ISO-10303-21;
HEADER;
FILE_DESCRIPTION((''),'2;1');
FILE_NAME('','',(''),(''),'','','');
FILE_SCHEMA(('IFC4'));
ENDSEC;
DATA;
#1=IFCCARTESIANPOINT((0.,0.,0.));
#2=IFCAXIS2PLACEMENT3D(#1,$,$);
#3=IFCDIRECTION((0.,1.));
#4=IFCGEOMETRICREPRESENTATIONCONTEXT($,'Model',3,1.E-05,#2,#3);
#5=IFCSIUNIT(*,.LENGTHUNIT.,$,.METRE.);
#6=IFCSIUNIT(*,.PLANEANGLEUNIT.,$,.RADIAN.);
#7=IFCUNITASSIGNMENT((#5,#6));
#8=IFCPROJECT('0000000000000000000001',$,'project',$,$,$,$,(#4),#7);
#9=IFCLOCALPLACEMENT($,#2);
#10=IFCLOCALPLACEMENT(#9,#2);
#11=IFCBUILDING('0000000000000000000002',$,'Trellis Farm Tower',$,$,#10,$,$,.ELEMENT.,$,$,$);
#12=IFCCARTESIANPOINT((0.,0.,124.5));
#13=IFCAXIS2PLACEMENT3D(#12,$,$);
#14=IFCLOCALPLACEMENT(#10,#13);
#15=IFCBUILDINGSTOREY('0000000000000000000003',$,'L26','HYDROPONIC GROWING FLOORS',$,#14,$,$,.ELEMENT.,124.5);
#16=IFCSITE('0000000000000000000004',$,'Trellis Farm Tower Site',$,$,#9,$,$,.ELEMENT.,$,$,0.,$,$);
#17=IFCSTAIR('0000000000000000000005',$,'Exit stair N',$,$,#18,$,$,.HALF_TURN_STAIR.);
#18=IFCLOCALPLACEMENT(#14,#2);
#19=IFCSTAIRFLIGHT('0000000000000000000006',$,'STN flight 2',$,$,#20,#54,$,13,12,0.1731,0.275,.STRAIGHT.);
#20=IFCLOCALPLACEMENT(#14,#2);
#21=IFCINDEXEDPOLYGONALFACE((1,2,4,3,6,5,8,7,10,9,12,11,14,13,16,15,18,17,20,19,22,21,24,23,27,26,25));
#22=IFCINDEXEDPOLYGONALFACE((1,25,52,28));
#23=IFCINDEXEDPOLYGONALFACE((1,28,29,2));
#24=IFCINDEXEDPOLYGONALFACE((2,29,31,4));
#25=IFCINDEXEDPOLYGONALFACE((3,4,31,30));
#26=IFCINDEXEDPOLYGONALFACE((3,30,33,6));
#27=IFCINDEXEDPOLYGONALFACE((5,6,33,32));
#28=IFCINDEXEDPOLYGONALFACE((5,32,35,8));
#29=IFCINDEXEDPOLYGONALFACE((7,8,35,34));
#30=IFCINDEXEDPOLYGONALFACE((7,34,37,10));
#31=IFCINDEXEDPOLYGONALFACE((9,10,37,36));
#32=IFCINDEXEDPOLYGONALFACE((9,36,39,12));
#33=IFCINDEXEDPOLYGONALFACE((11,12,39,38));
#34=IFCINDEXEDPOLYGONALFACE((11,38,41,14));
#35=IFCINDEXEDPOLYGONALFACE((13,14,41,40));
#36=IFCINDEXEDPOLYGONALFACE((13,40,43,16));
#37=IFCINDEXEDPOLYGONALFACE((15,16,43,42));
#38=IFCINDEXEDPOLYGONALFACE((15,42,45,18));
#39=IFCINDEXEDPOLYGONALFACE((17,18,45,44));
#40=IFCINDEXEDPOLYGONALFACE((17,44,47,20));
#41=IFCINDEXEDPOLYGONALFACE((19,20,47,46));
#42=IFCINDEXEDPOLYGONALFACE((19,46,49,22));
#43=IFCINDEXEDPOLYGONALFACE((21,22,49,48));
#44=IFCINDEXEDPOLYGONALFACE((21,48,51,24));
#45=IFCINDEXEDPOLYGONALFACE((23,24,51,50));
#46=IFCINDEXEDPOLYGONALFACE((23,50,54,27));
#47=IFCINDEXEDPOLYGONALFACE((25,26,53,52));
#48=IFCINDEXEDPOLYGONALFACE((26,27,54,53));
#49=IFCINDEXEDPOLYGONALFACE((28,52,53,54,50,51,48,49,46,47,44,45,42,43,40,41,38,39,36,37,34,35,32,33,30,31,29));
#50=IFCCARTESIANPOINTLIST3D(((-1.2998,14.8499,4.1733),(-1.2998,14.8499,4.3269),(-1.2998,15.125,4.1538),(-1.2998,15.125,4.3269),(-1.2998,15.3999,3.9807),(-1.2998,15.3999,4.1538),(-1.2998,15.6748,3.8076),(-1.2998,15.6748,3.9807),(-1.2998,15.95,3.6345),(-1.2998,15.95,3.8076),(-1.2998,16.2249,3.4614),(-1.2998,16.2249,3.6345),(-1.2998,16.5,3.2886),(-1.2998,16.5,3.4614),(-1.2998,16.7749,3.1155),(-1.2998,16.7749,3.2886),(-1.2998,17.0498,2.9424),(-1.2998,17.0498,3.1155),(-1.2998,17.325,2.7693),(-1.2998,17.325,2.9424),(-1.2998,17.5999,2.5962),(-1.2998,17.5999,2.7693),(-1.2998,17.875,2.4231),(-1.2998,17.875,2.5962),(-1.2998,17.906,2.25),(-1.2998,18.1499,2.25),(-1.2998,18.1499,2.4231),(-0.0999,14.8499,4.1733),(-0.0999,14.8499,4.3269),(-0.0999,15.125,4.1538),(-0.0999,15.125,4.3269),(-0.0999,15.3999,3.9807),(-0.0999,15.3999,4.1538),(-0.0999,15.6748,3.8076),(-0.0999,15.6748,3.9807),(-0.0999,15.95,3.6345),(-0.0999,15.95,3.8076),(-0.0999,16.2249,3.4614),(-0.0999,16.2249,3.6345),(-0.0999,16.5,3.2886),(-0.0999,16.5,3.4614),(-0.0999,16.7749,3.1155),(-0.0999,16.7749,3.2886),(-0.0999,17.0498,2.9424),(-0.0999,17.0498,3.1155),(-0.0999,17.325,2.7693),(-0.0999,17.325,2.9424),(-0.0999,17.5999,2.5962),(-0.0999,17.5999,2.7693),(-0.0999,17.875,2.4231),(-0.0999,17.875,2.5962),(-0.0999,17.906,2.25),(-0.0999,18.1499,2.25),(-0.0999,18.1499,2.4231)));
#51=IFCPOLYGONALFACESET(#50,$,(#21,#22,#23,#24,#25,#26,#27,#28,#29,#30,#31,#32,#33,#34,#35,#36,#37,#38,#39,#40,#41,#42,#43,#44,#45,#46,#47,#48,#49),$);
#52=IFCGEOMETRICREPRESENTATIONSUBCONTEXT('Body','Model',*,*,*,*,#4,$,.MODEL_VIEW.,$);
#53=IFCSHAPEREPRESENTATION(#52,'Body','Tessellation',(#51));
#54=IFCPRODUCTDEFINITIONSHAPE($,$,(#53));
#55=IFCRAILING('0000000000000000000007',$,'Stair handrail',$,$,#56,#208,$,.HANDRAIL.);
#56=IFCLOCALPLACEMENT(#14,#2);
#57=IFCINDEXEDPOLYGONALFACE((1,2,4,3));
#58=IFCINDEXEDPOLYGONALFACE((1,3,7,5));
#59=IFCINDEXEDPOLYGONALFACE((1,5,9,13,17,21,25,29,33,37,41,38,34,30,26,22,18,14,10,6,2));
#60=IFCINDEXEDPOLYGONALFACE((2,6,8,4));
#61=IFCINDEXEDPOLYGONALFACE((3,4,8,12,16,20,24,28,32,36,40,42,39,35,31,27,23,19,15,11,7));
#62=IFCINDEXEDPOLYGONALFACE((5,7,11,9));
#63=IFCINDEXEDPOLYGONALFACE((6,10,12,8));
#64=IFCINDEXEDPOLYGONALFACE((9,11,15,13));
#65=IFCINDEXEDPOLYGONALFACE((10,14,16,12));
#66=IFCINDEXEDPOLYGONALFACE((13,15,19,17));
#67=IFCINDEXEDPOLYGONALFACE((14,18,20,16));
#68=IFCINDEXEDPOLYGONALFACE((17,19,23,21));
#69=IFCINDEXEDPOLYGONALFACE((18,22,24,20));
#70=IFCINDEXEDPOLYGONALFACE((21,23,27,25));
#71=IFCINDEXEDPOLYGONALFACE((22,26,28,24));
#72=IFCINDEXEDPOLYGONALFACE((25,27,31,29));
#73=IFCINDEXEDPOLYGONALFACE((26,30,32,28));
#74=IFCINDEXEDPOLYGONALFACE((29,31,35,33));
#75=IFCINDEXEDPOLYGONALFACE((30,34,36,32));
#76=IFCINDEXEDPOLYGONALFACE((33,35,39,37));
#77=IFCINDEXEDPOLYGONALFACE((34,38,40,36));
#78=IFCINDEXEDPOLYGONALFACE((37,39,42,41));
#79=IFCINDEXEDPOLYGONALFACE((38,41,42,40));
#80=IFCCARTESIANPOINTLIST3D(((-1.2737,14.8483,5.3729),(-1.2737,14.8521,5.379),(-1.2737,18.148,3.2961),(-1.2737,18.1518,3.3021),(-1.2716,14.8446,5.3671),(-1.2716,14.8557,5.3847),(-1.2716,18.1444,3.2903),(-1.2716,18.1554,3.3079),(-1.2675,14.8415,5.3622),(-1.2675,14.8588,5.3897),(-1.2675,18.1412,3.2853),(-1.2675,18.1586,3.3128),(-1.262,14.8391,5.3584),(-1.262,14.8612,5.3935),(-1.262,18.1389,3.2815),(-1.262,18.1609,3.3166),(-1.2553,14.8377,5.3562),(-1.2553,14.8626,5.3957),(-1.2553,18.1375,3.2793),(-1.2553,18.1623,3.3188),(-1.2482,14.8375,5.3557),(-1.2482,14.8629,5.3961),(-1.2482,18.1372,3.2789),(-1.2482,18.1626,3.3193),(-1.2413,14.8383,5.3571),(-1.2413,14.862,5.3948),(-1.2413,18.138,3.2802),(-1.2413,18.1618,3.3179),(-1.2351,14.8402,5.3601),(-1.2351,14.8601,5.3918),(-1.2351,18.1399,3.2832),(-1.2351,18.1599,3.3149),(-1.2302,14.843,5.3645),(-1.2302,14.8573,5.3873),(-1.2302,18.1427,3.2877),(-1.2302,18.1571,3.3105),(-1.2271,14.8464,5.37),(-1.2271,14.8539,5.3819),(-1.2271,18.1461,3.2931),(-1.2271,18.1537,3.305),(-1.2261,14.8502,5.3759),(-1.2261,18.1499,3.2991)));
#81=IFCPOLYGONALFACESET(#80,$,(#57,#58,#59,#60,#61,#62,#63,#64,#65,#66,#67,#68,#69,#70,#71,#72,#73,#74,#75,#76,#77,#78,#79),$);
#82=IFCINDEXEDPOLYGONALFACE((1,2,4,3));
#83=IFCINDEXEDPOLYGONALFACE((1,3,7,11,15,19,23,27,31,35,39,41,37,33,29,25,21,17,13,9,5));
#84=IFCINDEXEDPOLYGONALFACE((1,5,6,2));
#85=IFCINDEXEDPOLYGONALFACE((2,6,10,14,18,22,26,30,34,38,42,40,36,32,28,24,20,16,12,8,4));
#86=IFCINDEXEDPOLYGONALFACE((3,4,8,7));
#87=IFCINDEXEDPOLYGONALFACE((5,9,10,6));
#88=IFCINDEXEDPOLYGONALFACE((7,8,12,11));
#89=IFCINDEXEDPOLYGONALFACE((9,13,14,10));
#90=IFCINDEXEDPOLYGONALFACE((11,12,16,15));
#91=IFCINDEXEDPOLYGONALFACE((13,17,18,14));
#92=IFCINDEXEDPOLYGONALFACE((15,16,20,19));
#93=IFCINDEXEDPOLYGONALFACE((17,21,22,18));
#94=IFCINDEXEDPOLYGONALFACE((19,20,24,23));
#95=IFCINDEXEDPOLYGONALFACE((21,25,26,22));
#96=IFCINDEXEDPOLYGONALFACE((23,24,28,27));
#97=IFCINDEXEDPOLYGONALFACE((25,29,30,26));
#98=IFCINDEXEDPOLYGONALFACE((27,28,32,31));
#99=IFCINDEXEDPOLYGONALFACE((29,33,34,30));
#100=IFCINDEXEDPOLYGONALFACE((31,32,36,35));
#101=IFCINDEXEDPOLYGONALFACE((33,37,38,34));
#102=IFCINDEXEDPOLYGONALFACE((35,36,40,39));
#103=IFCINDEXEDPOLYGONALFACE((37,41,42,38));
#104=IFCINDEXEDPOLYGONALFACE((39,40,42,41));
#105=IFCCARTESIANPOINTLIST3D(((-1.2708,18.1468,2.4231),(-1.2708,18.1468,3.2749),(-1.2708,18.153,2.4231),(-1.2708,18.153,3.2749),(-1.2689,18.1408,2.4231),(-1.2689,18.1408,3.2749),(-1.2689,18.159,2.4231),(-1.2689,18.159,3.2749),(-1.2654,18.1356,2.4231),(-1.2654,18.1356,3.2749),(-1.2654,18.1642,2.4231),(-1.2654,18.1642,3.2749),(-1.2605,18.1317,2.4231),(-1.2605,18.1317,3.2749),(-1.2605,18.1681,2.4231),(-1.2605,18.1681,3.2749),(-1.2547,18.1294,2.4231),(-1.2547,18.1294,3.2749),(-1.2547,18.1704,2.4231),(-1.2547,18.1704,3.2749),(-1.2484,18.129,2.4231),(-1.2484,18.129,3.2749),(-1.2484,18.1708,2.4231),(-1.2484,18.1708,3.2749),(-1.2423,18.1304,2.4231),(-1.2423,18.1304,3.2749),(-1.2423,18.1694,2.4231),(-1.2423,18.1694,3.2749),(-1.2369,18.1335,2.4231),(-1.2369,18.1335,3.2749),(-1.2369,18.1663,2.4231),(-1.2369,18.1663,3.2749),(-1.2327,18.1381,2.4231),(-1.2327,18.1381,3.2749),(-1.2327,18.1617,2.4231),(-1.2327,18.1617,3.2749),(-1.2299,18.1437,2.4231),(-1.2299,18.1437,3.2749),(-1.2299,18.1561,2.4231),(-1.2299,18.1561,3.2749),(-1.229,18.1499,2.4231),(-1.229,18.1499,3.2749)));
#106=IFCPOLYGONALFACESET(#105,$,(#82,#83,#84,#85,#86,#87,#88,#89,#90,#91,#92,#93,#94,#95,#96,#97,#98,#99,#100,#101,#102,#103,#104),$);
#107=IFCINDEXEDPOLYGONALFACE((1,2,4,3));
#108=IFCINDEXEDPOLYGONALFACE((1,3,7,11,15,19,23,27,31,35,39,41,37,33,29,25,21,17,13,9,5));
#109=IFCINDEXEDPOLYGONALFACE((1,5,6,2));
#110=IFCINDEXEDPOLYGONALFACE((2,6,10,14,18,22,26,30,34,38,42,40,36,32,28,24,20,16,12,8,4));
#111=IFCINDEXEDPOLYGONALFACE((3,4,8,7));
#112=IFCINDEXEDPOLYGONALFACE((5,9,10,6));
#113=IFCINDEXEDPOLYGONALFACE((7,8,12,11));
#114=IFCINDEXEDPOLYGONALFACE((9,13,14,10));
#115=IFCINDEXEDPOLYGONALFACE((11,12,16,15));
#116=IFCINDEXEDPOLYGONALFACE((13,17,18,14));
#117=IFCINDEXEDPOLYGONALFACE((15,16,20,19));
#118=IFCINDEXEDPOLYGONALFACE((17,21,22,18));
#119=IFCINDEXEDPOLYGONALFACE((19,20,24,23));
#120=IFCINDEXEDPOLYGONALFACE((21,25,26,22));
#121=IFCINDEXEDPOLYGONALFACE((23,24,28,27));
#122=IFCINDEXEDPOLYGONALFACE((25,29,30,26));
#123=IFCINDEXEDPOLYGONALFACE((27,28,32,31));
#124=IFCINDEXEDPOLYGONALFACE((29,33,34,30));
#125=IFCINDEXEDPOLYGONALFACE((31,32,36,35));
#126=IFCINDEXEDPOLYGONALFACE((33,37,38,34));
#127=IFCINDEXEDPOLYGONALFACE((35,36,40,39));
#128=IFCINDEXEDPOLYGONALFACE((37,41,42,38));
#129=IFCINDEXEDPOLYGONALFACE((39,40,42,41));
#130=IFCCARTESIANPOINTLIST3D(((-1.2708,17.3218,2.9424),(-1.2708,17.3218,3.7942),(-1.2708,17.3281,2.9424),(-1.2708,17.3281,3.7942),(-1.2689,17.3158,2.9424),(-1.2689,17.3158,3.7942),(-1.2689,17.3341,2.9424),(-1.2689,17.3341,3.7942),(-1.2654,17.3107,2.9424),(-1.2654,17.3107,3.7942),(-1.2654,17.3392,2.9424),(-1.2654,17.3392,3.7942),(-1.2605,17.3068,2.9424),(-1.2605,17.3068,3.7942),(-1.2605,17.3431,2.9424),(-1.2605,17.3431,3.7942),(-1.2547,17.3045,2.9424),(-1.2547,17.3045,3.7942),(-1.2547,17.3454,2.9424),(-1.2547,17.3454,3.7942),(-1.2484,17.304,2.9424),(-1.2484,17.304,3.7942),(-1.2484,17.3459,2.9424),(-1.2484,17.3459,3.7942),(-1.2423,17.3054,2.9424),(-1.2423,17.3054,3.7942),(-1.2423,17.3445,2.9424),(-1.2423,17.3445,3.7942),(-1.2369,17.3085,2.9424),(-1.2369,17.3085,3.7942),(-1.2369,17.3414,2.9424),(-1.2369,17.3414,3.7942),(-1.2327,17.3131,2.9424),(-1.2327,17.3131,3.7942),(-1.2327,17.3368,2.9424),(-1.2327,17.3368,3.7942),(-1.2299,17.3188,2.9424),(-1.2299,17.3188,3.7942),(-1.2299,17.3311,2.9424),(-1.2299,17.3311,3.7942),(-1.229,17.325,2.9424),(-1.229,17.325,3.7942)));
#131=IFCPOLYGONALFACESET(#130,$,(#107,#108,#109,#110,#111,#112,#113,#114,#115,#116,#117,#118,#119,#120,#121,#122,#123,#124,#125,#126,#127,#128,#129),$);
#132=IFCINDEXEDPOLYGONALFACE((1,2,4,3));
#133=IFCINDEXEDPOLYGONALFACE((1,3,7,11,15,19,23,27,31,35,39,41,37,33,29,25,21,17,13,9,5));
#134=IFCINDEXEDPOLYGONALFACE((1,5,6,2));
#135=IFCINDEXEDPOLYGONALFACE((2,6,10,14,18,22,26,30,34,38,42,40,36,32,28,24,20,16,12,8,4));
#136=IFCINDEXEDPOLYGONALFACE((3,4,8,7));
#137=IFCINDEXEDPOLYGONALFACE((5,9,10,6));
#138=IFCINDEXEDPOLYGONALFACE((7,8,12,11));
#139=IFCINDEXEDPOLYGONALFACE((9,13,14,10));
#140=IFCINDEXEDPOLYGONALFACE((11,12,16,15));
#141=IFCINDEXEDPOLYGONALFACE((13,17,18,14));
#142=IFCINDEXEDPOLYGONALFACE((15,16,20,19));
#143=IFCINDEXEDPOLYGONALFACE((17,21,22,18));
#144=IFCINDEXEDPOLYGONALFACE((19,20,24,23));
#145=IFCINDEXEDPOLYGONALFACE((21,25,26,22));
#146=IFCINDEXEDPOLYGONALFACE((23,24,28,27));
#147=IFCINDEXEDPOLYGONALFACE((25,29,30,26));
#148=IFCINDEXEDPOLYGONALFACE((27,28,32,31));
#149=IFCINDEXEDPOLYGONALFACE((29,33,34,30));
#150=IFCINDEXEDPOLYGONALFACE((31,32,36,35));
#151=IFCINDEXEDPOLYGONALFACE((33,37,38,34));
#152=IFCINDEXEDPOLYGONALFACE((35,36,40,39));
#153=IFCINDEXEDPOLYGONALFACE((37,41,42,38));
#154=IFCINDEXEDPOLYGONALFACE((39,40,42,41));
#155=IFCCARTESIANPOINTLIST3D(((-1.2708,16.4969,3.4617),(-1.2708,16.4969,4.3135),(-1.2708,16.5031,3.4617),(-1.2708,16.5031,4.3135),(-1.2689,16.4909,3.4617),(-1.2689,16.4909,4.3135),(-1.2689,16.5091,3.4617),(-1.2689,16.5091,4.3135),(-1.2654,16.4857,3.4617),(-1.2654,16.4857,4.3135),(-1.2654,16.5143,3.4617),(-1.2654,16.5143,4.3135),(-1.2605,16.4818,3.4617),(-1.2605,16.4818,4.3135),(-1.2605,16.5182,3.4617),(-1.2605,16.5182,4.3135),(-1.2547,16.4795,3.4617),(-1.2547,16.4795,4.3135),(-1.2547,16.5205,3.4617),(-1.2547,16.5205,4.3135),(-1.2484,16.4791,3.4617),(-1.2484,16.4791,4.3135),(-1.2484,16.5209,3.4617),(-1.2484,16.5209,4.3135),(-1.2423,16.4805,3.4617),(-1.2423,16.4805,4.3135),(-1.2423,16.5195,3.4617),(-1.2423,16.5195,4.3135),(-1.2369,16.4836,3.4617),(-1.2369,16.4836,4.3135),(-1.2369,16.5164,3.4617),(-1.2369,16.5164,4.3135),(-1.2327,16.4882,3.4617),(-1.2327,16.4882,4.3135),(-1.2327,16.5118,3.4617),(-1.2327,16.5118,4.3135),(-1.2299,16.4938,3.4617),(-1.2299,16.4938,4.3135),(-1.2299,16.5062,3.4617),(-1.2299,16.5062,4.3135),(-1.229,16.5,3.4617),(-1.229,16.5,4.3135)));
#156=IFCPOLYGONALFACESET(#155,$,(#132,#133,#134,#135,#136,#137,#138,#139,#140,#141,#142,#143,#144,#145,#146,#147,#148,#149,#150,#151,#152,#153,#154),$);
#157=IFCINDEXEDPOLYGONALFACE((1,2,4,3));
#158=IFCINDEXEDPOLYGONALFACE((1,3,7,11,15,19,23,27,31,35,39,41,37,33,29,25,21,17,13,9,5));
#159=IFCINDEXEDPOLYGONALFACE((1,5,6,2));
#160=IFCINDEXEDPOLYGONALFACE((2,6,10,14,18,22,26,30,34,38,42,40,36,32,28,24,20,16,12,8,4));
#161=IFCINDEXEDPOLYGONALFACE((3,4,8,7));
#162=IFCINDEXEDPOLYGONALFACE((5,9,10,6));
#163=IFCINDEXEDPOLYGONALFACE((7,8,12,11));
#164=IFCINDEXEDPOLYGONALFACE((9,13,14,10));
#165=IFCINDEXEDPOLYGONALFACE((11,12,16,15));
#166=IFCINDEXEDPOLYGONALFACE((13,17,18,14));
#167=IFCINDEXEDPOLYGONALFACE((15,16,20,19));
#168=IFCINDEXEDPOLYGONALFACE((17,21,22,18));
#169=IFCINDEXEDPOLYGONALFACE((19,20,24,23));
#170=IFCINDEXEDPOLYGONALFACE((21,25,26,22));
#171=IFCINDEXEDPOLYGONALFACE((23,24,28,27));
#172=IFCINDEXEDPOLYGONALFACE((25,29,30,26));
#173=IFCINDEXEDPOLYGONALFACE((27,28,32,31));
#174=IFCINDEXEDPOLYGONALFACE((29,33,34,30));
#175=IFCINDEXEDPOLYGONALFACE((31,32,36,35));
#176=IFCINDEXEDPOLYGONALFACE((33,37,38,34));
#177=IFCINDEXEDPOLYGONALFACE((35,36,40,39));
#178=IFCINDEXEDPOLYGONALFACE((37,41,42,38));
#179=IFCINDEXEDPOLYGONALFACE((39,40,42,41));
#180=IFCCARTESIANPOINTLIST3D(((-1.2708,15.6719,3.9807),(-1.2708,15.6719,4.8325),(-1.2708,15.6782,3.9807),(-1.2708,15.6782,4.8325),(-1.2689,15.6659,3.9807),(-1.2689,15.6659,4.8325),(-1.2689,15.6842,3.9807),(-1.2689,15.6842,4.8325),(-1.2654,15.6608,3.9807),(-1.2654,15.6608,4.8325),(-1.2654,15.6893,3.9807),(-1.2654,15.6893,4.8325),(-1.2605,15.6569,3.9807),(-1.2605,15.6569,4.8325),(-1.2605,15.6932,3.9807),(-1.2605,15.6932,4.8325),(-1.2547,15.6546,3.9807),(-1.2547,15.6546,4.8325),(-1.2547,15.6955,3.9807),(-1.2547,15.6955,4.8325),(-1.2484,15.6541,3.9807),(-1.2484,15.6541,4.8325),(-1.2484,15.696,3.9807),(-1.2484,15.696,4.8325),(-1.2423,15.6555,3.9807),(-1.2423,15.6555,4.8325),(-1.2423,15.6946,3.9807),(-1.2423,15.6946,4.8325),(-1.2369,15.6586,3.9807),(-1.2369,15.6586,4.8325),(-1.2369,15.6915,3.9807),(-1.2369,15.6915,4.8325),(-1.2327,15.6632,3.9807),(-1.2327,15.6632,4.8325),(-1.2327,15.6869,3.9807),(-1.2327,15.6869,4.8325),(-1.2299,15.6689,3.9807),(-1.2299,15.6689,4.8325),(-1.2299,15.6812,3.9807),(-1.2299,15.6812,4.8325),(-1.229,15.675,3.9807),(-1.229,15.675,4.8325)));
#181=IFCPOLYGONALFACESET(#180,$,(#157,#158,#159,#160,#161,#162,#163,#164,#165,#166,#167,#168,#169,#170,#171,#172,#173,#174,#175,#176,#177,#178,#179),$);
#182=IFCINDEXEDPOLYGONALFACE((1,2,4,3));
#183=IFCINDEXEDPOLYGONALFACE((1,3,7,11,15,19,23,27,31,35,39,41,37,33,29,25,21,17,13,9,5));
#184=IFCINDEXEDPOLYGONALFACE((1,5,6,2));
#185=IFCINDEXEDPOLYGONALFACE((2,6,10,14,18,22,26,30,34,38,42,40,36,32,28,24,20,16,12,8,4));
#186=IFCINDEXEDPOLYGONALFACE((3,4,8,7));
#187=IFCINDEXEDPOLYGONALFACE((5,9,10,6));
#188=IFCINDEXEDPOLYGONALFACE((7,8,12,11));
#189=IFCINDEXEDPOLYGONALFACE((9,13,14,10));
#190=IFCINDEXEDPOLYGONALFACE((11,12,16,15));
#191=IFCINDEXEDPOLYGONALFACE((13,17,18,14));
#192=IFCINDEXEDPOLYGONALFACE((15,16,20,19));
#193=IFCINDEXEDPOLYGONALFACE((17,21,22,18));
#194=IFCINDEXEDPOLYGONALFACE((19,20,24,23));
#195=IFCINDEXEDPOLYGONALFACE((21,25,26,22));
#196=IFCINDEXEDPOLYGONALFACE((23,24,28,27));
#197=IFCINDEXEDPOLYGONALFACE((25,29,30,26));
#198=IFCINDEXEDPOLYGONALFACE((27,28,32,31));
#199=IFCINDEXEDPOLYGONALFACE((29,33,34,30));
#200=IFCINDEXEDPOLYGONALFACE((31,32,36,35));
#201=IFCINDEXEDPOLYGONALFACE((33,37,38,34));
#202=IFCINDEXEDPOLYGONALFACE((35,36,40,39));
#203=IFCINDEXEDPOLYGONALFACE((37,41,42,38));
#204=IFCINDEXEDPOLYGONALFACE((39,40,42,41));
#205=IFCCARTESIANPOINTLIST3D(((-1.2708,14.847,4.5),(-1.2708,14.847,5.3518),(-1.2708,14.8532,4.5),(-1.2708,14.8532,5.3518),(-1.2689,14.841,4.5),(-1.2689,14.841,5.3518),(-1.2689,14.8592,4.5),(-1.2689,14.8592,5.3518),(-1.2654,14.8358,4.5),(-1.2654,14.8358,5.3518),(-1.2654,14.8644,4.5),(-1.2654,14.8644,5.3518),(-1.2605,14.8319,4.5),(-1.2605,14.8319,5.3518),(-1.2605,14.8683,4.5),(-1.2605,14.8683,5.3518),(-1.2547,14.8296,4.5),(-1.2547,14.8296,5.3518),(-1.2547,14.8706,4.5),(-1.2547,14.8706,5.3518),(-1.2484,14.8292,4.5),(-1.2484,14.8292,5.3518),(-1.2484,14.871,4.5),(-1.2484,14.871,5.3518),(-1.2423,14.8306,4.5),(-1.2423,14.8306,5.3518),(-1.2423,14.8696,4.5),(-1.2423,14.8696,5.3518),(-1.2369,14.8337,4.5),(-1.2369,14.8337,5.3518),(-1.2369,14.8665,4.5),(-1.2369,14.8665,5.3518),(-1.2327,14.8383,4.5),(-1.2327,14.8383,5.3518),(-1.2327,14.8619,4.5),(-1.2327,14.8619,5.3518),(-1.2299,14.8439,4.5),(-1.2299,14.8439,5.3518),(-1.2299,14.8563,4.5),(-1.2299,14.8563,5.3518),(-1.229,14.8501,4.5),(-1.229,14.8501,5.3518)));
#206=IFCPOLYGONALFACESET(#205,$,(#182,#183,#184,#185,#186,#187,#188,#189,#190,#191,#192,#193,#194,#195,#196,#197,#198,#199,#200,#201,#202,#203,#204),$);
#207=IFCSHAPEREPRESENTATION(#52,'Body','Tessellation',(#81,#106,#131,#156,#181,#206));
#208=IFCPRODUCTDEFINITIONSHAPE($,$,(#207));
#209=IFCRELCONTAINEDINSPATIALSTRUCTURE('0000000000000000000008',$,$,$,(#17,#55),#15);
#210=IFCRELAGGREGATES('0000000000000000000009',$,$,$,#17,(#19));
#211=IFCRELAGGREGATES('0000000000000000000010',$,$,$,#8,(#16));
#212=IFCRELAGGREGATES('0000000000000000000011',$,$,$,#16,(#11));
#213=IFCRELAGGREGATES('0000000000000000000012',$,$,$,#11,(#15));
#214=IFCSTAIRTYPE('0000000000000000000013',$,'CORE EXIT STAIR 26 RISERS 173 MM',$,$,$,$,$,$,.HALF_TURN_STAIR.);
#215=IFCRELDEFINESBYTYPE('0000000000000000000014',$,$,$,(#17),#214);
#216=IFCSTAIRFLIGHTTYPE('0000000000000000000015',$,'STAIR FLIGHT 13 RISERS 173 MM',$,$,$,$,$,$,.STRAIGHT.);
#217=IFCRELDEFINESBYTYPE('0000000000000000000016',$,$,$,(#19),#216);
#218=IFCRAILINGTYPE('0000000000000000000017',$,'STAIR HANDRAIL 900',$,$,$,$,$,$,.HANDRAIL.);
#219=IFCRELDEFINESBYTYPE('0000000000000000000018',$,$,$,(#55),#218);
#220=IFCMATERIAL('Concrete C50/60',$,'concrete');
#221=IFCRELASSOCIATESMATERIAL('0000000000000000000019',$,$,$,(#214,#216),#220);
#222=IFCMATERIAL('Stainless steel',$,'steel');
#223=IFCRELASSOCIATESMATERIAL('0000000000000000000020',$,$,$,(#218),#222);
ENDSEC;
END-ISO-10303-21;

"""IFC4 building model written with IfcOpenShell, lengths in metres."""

from ifc_helpers import new_model, si_unit, direction, frame, origin, origin_2d, place, context, subcontext, project, spatial, polyline, circle, outline, extrude, source, transform, mapped, material, type_object, element, aggregate, save


model = new_model("IFC4")

# Units and contexts
model_context = context("Model", 3, precision=1e-05, world=origin(), true_north=direction((0.0, 1.0)))
body_context = subcontext(model_context, "Body", "Model", "MODEL_VIEW")
ifc_project = project(units=[si_unit("LENGTHUNIT", "METRE"), si_unit("PLANEANGLEUNIT", "RADIAN")], contexts=[model_context])

# Site, building, storey
site_placement = place(None, origin())
site = spatial("IfcSite", under=ifc_project, at=site_placement, Name="Trellis Farm Tower Site", CompositionType="ELEMENT", RefElevation=0.0)
building_placement = place(site_placement, origin())
building = spatial("IfcBuilding", under=site, at=building_placement, Name="Trellis Farm Tower", CompositionType="ELEMENT")
storey_placement = place(building_placement, frame((0.0, 0.0, 124.5)))
storey = spatial("IfcBuildingStorey", under=building, at=storey_placement, Name="L26", Description="HYDROPONIC GROWING FLOORS", CompositionType="ELEMENT", Elevation=124.5)

# Shared definitions
placement = place(storey_placement, origin())

# Stair, stair flight
ifc_material_1 = material(Name="Concrete C50/60", Category="concrete")
stair_type = type_object("IfcStairType", Name="CORE EXIT STAIR 26 RISERS 173 MM", PredefinedType="HALF_TURN_STAIR", material=ifc_material_1)
stair = element("IfcStair", 1, at=placement, inside=storey, type_object=stair_type, Name="Exit stair N", PredefinedType="HALF_TURN_STAIR")
stair_flight_type = type_object("IfcStairFlightType", Name="STAIR FLIGHT 13 RISERS 173 MM", PredefinedType="STRAIGHT", material=ifc_material_1)
shared_shape_1 = source(origin(), body_context, "Body", "SweptSolid", [
    extrude(outline(polyline([(0.0, 0.0), (0.0, 0.1731), (0.2749, 0.1731), (0.2749, 0.3462), (0.55, 0.3462), (0.55, 0.5193), (0.825, 0.5193), (0.825, 0.6924), (1.1001, 0.6924), (1.1001, 0.8655), (1.375, 0.8655), (1.375, 1.0386), (1.6499, 1.0386), (1.6499, 1.2114), (1.925, 1.2114), (1.925, 1.3845), (2.2, 1.3845), (2.2, 1.5576), (2.4751, 1.5576), (2.4751, 1.7307), (2.75, 1.7307), (2.75, 1.9038), (3.0249, 1.9038), (3.0249, 2.0769), (3.3, 2.0769), (3.3, 2.25), (3.3, 1.9233), (0.2439, 0.0), (0.0, 0.0)])), frame((0.0, 0.6001, 0.0), z_axis=(0.0, -1.0, 0.0), x_axis=(1.0, 0.0, 0.0)), (0.0, 0.0, 1.0), 1.2),
])
stair_flight_placement = place(storey_placement, frame((-0.7, 18.1499, 2.25), z_axis=(0.0, 0.0, 1.0), x_axis=(0.0, -1.0, 0.0)))
stair_flight = element("IfcStairFlight", 2, at=stair_flight_placement, type_object=stair_flight_type, Name="STN flight 2", NumberOfRisers=13, NumberOfTreads=12, PredefinedType="STRAIGHT", RiserHeight=0.1731, TreadLength=0.275, context=body_context, shape_type="MappedRepresentation", body=[
    mapped(shared_shape_1, transform((0.0, 0.0, 0.0))),
])
aggregate(stair, [stair_flight])

# Railing
ifc_material_2 = material(Name="Stainless steel", Category="steel")
railing_type = type_object("IfcRailingType", Name="STAIR HANDRAIL 900", PredefinedType="HANDRAIL", material=ifc_material_2)
shared_shape_2 = source(origin(), body_context, "Body", "SweptSolid", [
    extrude(circle(Radius=0.0239, at=origin_2d()), frame((0.0, 0.0, 0.876), z_axis=(0.0, -0.84632, 0.532675), x_axis=(1.0, 0.0, 0.0)), (0.0, 0.0, 1.0), 3.8989),
    extrude(circle(Radius=0.021, at=origin_2d()), origin(), (0.0, 0.0, 1.0), 0.8518),
    extrude(circle(Radius=0.021, at=origin_2d()), frame((0.0, -0.825, 0.5193)), (0.0, 0.0, 1.0), 0.8518),
    extrude(circle(Radius=0.021, at=origin_2d()), frame((0.0, -1.6499, 1.0386)), (0.0, 0.0, 1.0), 0.8518),
    extrude(circle(Radius=0.021, at=origin_2d()), frame((0.0, -2.4749, 1.5576)), (0.0, 0.0, 1.0), 0.8518),
    extrude(circle(Radius=0.021, at=origin_2d()), frame((0.0, -3.2998, 2.0769)), (0.0, 0.0, 1.0), 0.8518),
])
railing_placement = place(storey_placement, frame((-1.25, 18.1499, 2.4231)))
element("IfcRailing", 3, at=railing_placement, inside=storey, type_object=railing_type, Name="Stair handrail", PredefinedType="HANDRAIL", context=body_context, shape_type="MappedRepresentation", body=[
    mapped(shared_shape_2, transform((0.0, 0.0, 0.0))),
])

save(model, "model.ifc")
